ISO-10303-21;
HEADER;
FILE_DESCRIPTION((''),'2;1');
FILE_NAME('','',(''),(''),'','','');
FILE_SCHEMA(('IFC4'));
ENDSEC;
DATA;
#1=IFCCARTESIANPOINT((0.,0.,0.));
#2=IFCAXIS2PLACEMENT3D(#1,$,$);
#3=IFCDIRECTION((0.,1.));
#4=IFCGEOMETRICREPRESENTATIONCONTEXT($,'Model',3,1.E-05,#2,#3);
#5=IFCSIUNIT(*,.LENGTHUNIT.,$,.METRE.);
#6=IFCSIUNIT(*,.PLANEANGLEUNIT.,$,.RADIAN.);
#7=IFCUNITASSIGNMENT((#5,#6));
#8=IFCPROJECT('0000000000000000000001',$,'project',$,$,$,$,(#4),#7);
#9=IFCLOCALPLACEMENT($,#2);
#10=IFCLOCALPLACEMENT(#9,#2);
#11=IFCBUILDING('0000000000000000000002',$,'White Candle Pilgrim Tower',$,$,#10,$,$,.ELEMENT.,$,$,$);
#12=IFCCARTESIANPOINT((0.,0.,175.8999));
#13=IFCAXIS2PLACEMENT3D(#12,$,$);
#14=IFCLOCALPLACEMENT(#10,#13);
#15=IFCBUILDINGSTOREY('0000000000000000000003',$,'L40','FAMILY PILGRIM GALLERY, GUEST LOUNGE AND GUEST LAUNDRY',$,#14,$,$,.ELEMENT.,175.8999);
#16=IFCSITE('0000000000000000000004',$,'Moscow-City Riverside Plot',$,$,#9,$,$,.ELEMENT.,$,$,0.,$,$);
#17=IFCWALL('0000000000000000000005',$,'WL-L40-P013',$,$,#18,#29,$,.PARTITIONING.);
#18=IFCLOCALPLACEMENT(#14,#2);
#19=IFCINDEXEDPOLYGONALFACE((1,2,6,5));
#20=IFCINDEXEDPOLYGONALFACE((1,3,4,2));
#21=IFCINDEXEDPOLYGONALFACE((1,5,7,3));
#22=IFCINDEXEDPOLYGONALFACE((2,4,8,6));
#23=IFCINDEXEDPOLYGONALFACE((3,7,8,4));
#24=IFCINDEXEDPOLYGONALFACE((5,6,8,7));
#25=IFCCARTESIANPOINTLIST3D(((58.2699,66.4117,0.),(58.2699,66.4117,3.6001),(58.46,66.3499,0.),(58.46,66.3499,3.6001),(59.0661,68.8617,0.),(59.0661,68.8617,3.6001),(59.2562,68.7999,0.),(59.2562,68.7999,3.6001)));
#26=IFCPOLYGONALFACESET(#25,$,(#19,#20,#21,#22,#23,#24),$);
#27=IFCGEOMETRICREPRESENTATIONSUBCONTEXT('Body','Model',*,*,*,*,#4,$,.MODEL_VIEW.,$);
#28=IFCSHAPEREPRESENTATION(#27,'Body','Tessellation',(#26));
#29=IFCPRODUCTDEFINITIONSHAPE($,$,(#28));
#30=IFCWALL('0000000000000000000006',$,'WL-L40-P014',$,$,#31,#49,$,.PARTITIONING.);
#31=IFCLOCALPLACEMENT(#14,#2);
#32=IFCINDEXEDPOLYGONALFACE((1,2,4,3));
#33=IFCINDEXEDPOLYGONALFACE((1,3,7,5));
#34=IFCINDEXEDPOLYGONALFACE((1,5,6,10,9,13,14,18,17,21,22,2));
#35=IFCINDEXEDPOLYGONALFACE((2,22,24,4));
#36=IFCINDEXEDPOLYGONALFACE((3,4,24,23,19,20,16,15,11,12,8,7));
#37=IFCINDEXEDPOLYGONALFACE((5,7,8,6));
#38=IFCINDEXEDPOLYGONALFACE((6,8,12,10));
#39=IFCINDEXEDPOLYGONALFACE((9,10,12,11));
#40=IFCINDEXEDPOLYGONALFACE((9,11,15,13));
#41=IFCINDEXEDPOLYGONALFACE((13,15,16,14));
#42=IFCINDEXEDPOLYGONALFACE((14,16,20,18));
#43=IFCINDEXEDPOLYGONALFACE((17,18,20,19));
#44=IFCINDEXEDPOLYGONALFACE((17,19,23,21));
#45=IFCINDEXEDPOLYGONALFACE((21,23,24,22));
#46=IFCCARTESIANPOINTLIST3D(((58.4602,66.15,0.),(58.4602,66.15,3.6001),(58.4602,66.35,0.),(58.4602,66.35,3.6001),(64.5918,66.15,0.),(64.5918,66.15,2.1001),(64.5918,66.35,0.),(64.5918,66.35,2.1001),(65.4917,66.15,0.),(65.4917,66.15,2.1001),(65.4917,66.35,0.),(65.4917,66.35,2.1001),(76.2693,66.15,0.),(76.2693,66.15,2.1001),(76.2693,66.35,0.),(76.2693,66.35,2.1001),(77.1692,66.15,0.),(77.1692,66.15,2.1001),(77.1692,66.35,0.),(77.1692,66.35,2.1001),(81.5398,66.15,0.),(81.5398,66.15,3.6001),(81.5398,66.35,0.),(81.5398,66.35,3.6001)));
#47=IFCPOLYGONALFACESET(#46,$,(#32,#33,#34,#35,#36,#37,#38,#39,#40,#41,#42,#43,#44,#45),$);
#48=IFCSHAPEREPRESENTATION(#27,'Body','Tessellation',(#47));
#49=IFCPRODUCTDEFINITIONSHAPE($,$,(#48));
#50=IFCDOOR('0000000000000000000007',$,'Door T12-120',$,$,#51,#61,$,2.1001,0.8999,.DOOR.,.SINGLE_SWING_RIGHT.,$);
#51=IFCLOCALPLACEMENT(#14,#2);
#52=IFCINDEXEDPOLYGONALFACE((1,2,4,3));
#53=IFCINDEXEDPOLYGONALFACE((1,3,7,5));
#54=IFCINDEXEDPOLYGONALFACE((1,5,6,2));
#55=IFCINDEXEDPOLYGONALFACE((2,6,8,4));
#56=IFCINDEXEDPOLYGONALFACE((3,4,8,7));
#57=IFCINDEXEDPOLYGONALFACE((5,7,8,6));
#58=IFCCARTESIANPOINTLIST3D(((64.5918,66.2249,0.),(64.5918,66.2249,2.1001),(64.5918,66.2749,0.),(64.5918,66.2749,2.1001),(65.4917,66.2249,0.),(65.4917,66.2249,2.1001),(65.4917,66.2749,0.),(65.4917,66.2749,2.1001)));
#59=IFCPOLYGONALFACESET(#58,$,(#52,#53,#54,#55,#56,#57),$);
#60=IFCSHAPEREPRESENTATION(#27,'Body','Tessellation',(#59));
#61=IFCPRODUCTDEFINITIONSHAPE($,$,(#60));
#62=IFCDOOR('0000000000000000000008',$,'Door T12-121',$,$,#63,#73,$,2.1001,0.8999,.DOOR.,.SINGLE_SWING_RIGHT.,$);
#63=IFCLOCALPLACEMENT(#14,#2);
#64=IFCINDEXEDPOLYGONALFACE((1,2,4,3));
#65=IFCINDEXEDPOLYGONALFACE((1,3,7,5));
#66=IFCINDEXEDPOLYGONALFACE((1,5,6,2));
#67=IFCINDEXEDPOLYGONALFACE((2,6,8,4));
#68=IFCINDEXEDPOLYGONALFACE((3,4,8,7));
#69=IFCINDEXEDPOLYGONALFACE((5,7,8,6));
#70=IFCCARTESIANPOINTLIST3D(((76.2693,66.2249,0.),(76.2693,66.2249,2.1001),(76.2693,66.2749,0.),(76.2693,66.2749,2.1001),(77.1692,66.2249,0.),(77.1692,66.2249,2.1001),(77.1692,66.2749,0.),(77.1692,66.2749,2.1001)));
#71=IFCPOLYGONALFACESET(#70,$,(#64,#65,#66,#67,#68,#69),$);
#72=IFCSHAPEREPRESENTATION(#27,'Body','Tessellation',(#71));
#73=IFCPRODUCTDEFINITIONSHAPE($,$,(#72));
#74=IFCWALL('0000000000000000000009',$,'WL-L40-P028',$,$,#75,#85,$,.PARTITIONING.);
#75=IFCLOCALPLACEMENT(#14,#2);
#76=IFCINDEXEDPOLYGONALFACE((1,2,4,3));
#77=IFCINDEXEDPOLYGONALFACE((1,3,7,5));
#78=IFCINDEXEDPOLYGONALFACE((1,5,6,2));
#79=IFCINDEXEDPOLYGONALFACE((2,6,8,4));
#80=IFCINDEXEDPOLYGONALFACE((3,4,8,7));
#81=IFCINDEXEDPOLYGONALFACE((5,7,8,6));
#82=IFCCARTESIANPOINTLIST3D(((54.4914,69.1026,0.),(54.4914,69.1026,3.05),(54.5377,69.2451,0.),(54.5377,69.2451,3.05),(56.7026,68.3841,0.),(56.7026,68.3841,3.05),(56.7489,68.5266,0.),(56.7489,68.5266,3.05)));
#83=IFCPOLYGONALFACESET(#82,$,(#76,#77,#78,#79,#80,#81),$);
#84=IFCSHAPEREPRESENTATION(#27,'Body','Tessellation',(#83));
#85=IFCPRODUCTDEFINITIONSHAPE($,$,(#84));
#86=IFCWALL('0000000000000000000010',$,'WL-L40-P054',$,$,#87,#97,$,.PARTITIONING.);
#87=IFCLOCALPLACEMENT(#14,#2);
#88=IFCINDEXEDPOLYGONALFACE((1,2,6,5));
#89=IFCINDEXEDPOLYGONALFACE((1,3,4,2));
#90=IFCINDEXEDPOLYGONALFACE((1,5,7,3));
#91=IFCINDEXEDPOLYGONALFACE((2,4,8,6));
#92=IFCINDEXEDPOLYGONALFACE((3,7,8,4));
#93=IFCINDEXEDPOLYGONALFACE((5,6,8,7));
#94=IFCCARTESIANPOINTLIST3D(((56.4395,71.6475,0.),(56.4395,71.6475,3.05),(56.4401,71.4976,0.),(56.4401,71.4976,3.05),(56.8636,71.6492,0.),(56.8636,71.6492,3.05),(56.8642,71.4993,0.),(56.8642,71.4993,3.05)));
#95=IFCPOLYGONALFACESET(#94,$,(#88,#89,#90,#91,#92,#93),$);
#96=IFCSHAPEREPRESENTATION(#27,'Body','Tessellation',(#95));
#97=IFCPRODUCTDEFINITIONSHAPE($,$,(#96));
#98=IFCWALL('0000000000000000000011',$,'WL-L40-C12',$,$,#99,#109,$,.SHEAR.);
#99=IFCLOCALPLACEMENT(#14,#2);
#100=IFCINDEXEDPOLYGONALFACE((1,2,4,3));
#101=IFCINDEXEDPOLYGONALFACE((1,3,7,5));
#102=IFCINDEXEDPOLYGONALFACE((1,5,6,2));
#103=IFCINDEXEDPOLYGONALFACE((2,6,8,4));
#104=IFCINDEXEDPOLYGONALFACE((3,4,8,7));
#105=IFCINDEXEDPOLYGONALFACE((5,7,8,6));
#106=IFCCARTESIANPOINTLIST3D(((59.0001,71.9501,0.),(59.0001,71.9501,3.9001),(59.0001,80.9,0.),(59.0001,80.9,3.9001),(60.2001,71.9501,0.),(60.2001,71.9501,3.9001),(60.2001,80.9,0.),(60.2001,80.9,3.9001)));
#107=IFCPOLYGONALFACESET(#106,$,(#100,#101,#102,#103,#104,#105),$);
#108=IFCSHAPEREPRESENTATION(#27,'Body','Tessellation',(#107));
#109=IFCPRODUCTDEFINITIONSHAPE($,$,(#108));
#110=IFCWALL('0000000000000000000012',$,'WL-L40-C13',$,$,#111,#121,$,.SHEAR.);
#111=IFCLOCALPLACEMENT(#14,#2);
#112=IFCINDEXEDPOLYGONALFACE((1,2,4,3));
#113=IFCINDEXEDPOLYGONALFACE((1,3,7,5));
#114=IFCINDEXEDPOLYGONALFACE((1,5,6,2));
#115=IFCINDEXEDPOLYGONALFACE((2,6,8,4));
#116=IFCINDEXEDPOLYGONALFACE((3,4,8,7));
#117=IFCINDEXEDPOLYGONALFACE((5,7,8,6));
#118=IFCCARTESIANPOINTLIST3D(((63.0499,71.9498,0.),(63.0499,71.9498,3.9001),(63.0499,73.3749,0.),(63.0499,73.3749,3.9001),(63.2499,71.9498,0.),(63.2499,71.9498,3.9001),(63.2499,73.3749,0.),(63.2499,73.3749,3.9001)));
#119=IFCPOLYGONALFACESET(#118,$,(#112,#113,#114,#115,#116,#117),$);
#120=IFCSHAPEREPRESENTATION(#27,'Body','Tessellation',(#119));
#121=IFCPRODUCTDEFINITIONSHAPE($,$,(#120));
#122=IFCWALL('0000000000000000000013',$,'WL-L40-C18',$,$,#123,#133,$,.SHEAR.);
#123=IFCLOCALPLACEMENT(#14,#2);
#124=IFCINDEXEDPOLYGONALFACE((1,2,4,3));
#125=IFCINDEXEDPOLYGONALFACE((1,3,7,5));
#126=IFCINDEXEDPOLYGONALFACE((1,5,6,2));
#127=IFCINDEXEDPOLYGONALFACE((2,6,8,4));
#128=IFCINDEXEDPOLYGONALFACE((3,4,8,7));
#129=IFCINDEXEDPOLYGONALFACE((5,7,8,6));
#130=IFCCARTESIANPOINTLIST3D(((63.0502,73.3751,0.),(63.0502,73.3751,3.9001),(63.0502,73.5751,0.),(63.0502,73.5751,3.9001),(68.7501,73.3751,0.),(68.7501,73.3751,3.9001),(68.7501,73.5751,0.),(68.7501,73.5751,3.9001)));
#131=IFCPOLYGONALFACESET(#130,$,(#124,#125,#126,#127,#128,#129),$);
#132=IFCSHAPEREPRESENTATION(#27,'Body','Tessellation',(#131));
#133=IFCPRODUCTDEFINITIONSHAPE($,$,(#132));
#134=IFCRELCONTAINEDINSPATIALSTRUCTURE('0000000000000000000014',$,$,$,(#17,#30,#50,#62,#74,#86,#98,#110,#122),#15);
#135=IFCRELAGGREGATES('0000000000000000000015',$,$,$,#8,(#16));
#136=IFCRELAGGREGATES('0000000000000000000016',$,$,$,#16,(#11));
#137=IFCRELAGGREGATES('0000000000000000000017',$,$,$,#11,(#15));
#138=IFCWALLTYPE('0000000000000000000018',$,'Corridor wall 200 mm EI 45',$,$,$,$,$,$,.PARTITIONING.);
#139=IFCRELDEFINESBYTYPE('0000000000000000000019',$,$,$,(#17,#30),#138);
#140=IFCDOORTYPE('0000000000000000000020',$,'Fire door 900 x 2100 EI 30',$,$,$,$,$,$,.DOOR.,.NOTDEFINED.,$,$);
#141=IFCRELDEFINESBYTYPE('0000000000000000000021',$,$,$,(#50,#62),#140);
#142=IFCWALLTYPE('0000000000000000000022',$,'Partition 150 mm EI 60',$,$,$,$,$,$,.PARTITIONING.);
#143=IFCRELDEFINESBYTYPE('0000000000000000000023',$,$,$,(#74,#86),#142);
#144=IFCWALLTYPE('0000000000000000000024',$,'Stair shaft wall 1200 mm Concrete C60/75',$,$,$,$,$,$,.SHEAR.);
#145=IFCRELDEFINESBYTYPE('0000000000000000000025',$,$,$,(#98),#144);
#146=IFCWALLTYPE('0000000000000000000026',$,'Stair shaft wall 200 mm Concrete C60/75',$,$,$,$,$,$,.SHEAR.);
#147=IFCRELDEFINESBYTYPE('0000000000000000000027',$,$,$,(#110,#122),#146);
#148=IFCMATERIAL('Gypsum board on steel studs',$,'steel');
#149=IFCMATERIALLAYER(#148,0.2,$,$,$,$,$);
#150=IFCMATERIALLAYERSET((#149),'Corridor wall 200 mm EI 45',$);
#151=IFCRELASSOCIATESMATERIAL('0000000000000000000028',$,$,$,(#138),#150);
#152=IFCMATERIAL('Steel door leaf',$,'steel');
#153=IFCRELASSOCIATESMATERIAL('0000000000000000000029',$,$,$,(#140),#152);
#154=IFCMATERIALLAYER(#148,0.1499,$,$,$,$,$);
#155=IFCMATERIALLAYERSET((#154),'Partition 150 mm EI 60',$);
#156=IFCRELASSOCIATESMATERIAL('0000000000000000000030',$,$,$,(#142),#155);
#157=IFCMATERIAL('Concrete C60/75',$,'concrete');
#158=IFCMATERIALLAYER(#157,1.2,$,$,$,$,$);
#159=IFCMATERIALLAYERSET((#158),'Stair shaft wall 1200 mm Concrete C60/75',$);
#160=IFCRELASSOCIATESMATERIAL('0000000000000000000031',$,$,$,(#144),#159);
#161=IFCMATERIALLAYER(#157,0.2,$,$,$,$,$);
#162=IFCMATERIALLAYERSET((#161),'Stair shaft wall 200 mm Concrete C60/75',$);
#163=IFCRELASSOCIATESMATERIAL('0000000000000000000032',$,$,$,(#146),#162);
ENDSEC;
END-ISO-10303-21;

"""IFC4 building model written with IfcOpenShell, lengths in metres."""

from ifc_helpers import new_model, si_unit, direction, frame, frame_2d, origin, place, context, subcontext, project, spatial, rectangle, extrude, material, layer, layer_set, type_object, element, fill, save


model = new_model("IFC4")

# Units and contexts
model_context = context("Model", 3, precision=1e-05, world=origin(), true_north=direction((0.0, 1.0)))
body_context = subcontext(model_context, "Body", "Model", "MODEL_VIEW")
ifc_project = project(units=[si_unit("LENGTHUNIT", "METRE"), si_unit("PLANEANGLEUNIT", "RADIAN")], contexts=[model_context])

# Site, building, storey
site_placement = place(None, origin())
site = spatial("IfcSite", under=ifc_project, at=site_placement, Name="Moscow-City Riverside Plot", CompositionType="ELEMENT", RefElevation=0.0)
building_placement = place(site_placement, origin())
building = spatial("IfcBuilding", under=site, at=building_placement, Name="White Candle Pilgrim Tower", CompositionType="ELEMENT")
storey_placement = place(building_placement, frame((0.0, 0.0, 175.8999)))
storey = spatial("IfcBuildingStorey", under=building, at=storey_placement, Name="L40", Description="FAMILY PILGRIM GALLERY, GUEST LOUNGE AND GUEST LAUNDRY", CompositionType="ELEMENT", Elevation=175.8999)

# Shared definitions
ifc_material_1 = material(Name="Gypsum board on steel studs", Category="steel")
ifc_layer_1 = layer(ifc_material_1, 0.2)
ifc_layer_set_1 = layer_set([ifc_layer_1], Name="Corridor wall 200 mm EI 45")
wall_type_1 = type_object("IfcWallType", Name="Corridor wall 200 mm EI 45", PredefinedType="PARTITIONING", material=ifc_layer_set_1)
ifc_material_2 = material(Name="Steel door leaf", Category="steel")
door_type_1 = type_object("IfcDoorType", Name="Fire door 900 x 2100 EI 30", OperationType="NOTDEFINED", PredefinedType="DOOR", material=ifc_material_2)

# Wall
wall_1_placement = place(storey_placement, frame((59.1611, 68.8308, 0.0), z_axis=(0.0, 0.0, 1.0), x_axis=(-0.309054, -0.951045, 0.0)))
element("IfcWall", 1, at=wall_1_placement, inside=storey, type_object=wall_type_1, Name="WL-L40-P013", PredefinedType="PARTITIONING", context=body_context, shape_type="SweptSolid", body=[
    extrude(rectangle(XDim=2.5762, YDim=0.2, at=frame_2d((1.2881, 0.0))), origin(), (0.0, 0.0, 1.0), 3.6001),
])

# Wall, openings, doors
wall_2_placement = place(storey_placement, frame((58.4602, 66.25, 0.0), z_axis=(0.0, 0.0, 1.0), x_axis=(1.0, 0.0, 0.0)))
wall_2 = element("IfcWall", 2, at=wall_2_placement, inside=storey, type_object=wall_type_1, Name="WL-L40-P014", PredefinedType="PARTITIONING", context=body_context, shape_type="SweptSolid", body=[
    extrude(rectangle(XDim=23.0796, YDim=0.2, at=frame_2d((11.5398, 0.0))), origin(), (0.0, 0.0, 1.0), 3.6001),
])
opening_1_placement = place(wall_2_placement, frame((6.1316, 0.0, 0.0)))
opening_1 = element("IfcOpeningElement", 3, at=opening_1_placement, cuts=wall_2, PredefinedType="OPENING", context=body_context, shape_type="SweptSolid", body=[
    extrude(rectangle(XDim=0.8999, YDim=2.1001, at=frame_2d((0.45, 1.05))), frame((0.0, 0.1099, 0.0), z_axis=(0.0, -1.0, 0.0), x_axis=(1.0, 0.0, 0.0)), (0.0, 0.0, 1.0), 0.22),
])
opening_2_placement = place(wall_2_placement, frame((17.8091, 0.0, 0.0)))
opening_2 = element("IfcOpeningElement", 4, at=opening_2_placement, cuts=wall_2, PredefinedType="OPENING", context=body_context, shape_type="SweptSolid", body=[
    extrude(rectangle(XDim=0.8999, YDim=2.1001, at=frame_2d((0.45, 1.05))), frame((0.0, 0.1099, 0.0), z_axis=(0.0, -1.0, 0.0), x_axis=(1.0, 0.0, 0.0)), (0.0, 0.0, 1.0), 0.22),
])
door_1_placement = place(opening_1_placement, origin())
door_1 = element("IfcDoor", 5, at=door_1_placement, inside=storey, type_object=door_type_1, Name="Door T12-120", OperationType="SINGLE_SWING_RIGHT", OverallHeight=2.1001, OverallWidth=0.8999, PredefinedType="DOOR", context=body_context, shape_type="SweptSolid", body=[
    extrude(rectangle(XDim=0.8999, YDim=2.1001, at=frame_2d((0.45, 1.05))), frame((0.0, 0.0249, 0.0), z_axis=(0.0, -1.0, 0.0), x_axis=(1.0, 0.0, 0.0)), (0.0, 0.0, 1.0), 0.05),
])
fill(opening_1, door_1)
door_2_placement = place(opening_2_placement, origin())
door_2 = element("IfcDoor", 6, at=door_2_placement, inside=storey, type_object=door_type_1, Name="Door T12-121", OperationType="SINGLE_SWING_RIGHT", OverallHeight=2.1001, OverallWidth=0.8999, PredefinedType="DOOR", context=body_context, shape_type="SweptSolid", body=[
    extrude(rectangle(XDim=0.8999, YDim=2.1001, at=frame_2d((0.45, 1.05))), frame((0.0, 0.0249, 0.0), z_axis=(0.0, -1.0, 0.0), x_axis=(1.0, 0.0, 0.0)), (0.0, 0.0, 1.0), 0.05),
])
fill(opening_2, door_2)

# Walls
ifc_layer_2 = layer(ifc_material_1, 0.1499)
ifc_layer_set_2 = layer_set([ifc_layer_2], Name="Partition 150 mm EI 60")
wall_type_2 = type_object("IfcWallType", Name="Partition 150 mm EI 60", PredefinedType="PARTITIONING", material=ifc_layer_set_2)
wall_3_placement = place(storey_placement, frame((56.7258, 68.4553, 0.0), z_axis=(0.0, 0.0, 1.0), x_axis=(-0.95105, 0.309036, 0.0)))
element("IfcWall", 7, at=wall_3_placement, inside=storey, type_object=wall_type_2, Name="WL-L40-P028", PredefinedType="PARTITIONING", context=body_context, shape_type="SweptSolid", body=[
    extrude(rectangle(XDim=2.325, YDim=0.1499, at=frame_2d((1.1626, 0.0))), origin(), (0.0, 0.0, 1.0), 3.05),
])
wall_4_placement = place(storey_placement, frame((56.4399, 71.5725, 0.0), z_axis=(0.0, 0.0, 1.0), x_axis=(0.999992, 0.00403, 0.0)))
element("IfcWall", 8, at=wall_4_placement, inside=storey, type_object=wall_type_2, Name="WL-L40-P054", PredefinedType="PARTITIONING", context=body_context, shape_type="SweptSolid", body=[
    extrude(rectangle(XDim=0.4241, YDim=0.1499, at=frame_2d((0.2119, 0.0))), origin(), (0.0, 0.0, 1.0), 3.05),
])
ifc_material_3 = material(Name="Concrete C60/75", Category="concrete")
ifc_layer_3 = layer(ifc_material_3, 1.2)
ifc_layer_set_3 = layer_set([ifc_layer_3], Name="Stair shaft wall 1200 mm Concrete C60/75")
wall_type_3 = type_object("IfcWallType", Name="Stair shaft wall 1200 mm Concrete C60/75", PredefinedType="SHEAR", material=ifc_layer_set_3)
wall_5_placement = place(storey_placement, frame((59.6001, 71.95, 0.0), z_axis=(0.0, 0.0, 1.0), x_axis=(0.0, 1.0, 0.0)))
element("IfcWall", 9, at=wall_5_placement, inside=storey, type_object=wall_type_3, Name="WL-L40-C12", PredefinedType="SHEAR", context=body_context, shape_type="SweptSolid", body=[
    extrude(rectangle(XDim=8.95, YDim=1.2, at=frame_2d((4.4751, 0.0))), origin(), (0.0, 0.0, 1.0), 3.9001),
])
ifc_layer_4 = layer(ifc_material_3, 0.2)
ifc_layer_set_4 = layer_set([ifc_layer_4], Name="Stair shaft wall 200 mm Concrete C60/75")
wall_type_4 = type_object("IfcWallType", Name="Stair shaft wall 200 mm Concrete C60/75", PredefinedType="SHEAR", material=ifc_layer_set_4)
wall_6_placement = place(storey_placement, frame((63.1499, 71.95, 0.0), z_axis=(0.0, 0.0, 1.0), x_axis=(0.0, 1.0, 0.0)))
element("IfcWall", 10, at=wall_6_placement, inside=storey, type_object=wall_type_4, Name="WL-L40-C13", PredefinedType="SHEAR", context=body_context, shape_type="SweptSolid", body=[
    extrude(rectangle(XDim=1.425, YDim=0.2, at=frame_2d((0.7124, 0.0))), origin(), (0.0, 0.0, 1.0), 3.9001),
])
wall_7_placement = place(storey_placement, frame((63.05, 73.4751, 0.0), z_axis=(0.0, 0.0, 1.0), x_axis=(1.0, 0.0, 0.0)))
element("IfcWall", 11, at=wall_7_placement, inside=storey, type_object=wall_type_4, Name="WL-L40-C18", PredefinedType="SHEAR", context=body_context, shape_type="SweptSolid", body=[
    extrude(rectangle(XDim=5.7, YDim=0.2, at=frame_2d((2.8501, 0.0))), origin(), (0.0, 0.0, 1.0), 3.9001),
])

save(model, "model.ifc")
